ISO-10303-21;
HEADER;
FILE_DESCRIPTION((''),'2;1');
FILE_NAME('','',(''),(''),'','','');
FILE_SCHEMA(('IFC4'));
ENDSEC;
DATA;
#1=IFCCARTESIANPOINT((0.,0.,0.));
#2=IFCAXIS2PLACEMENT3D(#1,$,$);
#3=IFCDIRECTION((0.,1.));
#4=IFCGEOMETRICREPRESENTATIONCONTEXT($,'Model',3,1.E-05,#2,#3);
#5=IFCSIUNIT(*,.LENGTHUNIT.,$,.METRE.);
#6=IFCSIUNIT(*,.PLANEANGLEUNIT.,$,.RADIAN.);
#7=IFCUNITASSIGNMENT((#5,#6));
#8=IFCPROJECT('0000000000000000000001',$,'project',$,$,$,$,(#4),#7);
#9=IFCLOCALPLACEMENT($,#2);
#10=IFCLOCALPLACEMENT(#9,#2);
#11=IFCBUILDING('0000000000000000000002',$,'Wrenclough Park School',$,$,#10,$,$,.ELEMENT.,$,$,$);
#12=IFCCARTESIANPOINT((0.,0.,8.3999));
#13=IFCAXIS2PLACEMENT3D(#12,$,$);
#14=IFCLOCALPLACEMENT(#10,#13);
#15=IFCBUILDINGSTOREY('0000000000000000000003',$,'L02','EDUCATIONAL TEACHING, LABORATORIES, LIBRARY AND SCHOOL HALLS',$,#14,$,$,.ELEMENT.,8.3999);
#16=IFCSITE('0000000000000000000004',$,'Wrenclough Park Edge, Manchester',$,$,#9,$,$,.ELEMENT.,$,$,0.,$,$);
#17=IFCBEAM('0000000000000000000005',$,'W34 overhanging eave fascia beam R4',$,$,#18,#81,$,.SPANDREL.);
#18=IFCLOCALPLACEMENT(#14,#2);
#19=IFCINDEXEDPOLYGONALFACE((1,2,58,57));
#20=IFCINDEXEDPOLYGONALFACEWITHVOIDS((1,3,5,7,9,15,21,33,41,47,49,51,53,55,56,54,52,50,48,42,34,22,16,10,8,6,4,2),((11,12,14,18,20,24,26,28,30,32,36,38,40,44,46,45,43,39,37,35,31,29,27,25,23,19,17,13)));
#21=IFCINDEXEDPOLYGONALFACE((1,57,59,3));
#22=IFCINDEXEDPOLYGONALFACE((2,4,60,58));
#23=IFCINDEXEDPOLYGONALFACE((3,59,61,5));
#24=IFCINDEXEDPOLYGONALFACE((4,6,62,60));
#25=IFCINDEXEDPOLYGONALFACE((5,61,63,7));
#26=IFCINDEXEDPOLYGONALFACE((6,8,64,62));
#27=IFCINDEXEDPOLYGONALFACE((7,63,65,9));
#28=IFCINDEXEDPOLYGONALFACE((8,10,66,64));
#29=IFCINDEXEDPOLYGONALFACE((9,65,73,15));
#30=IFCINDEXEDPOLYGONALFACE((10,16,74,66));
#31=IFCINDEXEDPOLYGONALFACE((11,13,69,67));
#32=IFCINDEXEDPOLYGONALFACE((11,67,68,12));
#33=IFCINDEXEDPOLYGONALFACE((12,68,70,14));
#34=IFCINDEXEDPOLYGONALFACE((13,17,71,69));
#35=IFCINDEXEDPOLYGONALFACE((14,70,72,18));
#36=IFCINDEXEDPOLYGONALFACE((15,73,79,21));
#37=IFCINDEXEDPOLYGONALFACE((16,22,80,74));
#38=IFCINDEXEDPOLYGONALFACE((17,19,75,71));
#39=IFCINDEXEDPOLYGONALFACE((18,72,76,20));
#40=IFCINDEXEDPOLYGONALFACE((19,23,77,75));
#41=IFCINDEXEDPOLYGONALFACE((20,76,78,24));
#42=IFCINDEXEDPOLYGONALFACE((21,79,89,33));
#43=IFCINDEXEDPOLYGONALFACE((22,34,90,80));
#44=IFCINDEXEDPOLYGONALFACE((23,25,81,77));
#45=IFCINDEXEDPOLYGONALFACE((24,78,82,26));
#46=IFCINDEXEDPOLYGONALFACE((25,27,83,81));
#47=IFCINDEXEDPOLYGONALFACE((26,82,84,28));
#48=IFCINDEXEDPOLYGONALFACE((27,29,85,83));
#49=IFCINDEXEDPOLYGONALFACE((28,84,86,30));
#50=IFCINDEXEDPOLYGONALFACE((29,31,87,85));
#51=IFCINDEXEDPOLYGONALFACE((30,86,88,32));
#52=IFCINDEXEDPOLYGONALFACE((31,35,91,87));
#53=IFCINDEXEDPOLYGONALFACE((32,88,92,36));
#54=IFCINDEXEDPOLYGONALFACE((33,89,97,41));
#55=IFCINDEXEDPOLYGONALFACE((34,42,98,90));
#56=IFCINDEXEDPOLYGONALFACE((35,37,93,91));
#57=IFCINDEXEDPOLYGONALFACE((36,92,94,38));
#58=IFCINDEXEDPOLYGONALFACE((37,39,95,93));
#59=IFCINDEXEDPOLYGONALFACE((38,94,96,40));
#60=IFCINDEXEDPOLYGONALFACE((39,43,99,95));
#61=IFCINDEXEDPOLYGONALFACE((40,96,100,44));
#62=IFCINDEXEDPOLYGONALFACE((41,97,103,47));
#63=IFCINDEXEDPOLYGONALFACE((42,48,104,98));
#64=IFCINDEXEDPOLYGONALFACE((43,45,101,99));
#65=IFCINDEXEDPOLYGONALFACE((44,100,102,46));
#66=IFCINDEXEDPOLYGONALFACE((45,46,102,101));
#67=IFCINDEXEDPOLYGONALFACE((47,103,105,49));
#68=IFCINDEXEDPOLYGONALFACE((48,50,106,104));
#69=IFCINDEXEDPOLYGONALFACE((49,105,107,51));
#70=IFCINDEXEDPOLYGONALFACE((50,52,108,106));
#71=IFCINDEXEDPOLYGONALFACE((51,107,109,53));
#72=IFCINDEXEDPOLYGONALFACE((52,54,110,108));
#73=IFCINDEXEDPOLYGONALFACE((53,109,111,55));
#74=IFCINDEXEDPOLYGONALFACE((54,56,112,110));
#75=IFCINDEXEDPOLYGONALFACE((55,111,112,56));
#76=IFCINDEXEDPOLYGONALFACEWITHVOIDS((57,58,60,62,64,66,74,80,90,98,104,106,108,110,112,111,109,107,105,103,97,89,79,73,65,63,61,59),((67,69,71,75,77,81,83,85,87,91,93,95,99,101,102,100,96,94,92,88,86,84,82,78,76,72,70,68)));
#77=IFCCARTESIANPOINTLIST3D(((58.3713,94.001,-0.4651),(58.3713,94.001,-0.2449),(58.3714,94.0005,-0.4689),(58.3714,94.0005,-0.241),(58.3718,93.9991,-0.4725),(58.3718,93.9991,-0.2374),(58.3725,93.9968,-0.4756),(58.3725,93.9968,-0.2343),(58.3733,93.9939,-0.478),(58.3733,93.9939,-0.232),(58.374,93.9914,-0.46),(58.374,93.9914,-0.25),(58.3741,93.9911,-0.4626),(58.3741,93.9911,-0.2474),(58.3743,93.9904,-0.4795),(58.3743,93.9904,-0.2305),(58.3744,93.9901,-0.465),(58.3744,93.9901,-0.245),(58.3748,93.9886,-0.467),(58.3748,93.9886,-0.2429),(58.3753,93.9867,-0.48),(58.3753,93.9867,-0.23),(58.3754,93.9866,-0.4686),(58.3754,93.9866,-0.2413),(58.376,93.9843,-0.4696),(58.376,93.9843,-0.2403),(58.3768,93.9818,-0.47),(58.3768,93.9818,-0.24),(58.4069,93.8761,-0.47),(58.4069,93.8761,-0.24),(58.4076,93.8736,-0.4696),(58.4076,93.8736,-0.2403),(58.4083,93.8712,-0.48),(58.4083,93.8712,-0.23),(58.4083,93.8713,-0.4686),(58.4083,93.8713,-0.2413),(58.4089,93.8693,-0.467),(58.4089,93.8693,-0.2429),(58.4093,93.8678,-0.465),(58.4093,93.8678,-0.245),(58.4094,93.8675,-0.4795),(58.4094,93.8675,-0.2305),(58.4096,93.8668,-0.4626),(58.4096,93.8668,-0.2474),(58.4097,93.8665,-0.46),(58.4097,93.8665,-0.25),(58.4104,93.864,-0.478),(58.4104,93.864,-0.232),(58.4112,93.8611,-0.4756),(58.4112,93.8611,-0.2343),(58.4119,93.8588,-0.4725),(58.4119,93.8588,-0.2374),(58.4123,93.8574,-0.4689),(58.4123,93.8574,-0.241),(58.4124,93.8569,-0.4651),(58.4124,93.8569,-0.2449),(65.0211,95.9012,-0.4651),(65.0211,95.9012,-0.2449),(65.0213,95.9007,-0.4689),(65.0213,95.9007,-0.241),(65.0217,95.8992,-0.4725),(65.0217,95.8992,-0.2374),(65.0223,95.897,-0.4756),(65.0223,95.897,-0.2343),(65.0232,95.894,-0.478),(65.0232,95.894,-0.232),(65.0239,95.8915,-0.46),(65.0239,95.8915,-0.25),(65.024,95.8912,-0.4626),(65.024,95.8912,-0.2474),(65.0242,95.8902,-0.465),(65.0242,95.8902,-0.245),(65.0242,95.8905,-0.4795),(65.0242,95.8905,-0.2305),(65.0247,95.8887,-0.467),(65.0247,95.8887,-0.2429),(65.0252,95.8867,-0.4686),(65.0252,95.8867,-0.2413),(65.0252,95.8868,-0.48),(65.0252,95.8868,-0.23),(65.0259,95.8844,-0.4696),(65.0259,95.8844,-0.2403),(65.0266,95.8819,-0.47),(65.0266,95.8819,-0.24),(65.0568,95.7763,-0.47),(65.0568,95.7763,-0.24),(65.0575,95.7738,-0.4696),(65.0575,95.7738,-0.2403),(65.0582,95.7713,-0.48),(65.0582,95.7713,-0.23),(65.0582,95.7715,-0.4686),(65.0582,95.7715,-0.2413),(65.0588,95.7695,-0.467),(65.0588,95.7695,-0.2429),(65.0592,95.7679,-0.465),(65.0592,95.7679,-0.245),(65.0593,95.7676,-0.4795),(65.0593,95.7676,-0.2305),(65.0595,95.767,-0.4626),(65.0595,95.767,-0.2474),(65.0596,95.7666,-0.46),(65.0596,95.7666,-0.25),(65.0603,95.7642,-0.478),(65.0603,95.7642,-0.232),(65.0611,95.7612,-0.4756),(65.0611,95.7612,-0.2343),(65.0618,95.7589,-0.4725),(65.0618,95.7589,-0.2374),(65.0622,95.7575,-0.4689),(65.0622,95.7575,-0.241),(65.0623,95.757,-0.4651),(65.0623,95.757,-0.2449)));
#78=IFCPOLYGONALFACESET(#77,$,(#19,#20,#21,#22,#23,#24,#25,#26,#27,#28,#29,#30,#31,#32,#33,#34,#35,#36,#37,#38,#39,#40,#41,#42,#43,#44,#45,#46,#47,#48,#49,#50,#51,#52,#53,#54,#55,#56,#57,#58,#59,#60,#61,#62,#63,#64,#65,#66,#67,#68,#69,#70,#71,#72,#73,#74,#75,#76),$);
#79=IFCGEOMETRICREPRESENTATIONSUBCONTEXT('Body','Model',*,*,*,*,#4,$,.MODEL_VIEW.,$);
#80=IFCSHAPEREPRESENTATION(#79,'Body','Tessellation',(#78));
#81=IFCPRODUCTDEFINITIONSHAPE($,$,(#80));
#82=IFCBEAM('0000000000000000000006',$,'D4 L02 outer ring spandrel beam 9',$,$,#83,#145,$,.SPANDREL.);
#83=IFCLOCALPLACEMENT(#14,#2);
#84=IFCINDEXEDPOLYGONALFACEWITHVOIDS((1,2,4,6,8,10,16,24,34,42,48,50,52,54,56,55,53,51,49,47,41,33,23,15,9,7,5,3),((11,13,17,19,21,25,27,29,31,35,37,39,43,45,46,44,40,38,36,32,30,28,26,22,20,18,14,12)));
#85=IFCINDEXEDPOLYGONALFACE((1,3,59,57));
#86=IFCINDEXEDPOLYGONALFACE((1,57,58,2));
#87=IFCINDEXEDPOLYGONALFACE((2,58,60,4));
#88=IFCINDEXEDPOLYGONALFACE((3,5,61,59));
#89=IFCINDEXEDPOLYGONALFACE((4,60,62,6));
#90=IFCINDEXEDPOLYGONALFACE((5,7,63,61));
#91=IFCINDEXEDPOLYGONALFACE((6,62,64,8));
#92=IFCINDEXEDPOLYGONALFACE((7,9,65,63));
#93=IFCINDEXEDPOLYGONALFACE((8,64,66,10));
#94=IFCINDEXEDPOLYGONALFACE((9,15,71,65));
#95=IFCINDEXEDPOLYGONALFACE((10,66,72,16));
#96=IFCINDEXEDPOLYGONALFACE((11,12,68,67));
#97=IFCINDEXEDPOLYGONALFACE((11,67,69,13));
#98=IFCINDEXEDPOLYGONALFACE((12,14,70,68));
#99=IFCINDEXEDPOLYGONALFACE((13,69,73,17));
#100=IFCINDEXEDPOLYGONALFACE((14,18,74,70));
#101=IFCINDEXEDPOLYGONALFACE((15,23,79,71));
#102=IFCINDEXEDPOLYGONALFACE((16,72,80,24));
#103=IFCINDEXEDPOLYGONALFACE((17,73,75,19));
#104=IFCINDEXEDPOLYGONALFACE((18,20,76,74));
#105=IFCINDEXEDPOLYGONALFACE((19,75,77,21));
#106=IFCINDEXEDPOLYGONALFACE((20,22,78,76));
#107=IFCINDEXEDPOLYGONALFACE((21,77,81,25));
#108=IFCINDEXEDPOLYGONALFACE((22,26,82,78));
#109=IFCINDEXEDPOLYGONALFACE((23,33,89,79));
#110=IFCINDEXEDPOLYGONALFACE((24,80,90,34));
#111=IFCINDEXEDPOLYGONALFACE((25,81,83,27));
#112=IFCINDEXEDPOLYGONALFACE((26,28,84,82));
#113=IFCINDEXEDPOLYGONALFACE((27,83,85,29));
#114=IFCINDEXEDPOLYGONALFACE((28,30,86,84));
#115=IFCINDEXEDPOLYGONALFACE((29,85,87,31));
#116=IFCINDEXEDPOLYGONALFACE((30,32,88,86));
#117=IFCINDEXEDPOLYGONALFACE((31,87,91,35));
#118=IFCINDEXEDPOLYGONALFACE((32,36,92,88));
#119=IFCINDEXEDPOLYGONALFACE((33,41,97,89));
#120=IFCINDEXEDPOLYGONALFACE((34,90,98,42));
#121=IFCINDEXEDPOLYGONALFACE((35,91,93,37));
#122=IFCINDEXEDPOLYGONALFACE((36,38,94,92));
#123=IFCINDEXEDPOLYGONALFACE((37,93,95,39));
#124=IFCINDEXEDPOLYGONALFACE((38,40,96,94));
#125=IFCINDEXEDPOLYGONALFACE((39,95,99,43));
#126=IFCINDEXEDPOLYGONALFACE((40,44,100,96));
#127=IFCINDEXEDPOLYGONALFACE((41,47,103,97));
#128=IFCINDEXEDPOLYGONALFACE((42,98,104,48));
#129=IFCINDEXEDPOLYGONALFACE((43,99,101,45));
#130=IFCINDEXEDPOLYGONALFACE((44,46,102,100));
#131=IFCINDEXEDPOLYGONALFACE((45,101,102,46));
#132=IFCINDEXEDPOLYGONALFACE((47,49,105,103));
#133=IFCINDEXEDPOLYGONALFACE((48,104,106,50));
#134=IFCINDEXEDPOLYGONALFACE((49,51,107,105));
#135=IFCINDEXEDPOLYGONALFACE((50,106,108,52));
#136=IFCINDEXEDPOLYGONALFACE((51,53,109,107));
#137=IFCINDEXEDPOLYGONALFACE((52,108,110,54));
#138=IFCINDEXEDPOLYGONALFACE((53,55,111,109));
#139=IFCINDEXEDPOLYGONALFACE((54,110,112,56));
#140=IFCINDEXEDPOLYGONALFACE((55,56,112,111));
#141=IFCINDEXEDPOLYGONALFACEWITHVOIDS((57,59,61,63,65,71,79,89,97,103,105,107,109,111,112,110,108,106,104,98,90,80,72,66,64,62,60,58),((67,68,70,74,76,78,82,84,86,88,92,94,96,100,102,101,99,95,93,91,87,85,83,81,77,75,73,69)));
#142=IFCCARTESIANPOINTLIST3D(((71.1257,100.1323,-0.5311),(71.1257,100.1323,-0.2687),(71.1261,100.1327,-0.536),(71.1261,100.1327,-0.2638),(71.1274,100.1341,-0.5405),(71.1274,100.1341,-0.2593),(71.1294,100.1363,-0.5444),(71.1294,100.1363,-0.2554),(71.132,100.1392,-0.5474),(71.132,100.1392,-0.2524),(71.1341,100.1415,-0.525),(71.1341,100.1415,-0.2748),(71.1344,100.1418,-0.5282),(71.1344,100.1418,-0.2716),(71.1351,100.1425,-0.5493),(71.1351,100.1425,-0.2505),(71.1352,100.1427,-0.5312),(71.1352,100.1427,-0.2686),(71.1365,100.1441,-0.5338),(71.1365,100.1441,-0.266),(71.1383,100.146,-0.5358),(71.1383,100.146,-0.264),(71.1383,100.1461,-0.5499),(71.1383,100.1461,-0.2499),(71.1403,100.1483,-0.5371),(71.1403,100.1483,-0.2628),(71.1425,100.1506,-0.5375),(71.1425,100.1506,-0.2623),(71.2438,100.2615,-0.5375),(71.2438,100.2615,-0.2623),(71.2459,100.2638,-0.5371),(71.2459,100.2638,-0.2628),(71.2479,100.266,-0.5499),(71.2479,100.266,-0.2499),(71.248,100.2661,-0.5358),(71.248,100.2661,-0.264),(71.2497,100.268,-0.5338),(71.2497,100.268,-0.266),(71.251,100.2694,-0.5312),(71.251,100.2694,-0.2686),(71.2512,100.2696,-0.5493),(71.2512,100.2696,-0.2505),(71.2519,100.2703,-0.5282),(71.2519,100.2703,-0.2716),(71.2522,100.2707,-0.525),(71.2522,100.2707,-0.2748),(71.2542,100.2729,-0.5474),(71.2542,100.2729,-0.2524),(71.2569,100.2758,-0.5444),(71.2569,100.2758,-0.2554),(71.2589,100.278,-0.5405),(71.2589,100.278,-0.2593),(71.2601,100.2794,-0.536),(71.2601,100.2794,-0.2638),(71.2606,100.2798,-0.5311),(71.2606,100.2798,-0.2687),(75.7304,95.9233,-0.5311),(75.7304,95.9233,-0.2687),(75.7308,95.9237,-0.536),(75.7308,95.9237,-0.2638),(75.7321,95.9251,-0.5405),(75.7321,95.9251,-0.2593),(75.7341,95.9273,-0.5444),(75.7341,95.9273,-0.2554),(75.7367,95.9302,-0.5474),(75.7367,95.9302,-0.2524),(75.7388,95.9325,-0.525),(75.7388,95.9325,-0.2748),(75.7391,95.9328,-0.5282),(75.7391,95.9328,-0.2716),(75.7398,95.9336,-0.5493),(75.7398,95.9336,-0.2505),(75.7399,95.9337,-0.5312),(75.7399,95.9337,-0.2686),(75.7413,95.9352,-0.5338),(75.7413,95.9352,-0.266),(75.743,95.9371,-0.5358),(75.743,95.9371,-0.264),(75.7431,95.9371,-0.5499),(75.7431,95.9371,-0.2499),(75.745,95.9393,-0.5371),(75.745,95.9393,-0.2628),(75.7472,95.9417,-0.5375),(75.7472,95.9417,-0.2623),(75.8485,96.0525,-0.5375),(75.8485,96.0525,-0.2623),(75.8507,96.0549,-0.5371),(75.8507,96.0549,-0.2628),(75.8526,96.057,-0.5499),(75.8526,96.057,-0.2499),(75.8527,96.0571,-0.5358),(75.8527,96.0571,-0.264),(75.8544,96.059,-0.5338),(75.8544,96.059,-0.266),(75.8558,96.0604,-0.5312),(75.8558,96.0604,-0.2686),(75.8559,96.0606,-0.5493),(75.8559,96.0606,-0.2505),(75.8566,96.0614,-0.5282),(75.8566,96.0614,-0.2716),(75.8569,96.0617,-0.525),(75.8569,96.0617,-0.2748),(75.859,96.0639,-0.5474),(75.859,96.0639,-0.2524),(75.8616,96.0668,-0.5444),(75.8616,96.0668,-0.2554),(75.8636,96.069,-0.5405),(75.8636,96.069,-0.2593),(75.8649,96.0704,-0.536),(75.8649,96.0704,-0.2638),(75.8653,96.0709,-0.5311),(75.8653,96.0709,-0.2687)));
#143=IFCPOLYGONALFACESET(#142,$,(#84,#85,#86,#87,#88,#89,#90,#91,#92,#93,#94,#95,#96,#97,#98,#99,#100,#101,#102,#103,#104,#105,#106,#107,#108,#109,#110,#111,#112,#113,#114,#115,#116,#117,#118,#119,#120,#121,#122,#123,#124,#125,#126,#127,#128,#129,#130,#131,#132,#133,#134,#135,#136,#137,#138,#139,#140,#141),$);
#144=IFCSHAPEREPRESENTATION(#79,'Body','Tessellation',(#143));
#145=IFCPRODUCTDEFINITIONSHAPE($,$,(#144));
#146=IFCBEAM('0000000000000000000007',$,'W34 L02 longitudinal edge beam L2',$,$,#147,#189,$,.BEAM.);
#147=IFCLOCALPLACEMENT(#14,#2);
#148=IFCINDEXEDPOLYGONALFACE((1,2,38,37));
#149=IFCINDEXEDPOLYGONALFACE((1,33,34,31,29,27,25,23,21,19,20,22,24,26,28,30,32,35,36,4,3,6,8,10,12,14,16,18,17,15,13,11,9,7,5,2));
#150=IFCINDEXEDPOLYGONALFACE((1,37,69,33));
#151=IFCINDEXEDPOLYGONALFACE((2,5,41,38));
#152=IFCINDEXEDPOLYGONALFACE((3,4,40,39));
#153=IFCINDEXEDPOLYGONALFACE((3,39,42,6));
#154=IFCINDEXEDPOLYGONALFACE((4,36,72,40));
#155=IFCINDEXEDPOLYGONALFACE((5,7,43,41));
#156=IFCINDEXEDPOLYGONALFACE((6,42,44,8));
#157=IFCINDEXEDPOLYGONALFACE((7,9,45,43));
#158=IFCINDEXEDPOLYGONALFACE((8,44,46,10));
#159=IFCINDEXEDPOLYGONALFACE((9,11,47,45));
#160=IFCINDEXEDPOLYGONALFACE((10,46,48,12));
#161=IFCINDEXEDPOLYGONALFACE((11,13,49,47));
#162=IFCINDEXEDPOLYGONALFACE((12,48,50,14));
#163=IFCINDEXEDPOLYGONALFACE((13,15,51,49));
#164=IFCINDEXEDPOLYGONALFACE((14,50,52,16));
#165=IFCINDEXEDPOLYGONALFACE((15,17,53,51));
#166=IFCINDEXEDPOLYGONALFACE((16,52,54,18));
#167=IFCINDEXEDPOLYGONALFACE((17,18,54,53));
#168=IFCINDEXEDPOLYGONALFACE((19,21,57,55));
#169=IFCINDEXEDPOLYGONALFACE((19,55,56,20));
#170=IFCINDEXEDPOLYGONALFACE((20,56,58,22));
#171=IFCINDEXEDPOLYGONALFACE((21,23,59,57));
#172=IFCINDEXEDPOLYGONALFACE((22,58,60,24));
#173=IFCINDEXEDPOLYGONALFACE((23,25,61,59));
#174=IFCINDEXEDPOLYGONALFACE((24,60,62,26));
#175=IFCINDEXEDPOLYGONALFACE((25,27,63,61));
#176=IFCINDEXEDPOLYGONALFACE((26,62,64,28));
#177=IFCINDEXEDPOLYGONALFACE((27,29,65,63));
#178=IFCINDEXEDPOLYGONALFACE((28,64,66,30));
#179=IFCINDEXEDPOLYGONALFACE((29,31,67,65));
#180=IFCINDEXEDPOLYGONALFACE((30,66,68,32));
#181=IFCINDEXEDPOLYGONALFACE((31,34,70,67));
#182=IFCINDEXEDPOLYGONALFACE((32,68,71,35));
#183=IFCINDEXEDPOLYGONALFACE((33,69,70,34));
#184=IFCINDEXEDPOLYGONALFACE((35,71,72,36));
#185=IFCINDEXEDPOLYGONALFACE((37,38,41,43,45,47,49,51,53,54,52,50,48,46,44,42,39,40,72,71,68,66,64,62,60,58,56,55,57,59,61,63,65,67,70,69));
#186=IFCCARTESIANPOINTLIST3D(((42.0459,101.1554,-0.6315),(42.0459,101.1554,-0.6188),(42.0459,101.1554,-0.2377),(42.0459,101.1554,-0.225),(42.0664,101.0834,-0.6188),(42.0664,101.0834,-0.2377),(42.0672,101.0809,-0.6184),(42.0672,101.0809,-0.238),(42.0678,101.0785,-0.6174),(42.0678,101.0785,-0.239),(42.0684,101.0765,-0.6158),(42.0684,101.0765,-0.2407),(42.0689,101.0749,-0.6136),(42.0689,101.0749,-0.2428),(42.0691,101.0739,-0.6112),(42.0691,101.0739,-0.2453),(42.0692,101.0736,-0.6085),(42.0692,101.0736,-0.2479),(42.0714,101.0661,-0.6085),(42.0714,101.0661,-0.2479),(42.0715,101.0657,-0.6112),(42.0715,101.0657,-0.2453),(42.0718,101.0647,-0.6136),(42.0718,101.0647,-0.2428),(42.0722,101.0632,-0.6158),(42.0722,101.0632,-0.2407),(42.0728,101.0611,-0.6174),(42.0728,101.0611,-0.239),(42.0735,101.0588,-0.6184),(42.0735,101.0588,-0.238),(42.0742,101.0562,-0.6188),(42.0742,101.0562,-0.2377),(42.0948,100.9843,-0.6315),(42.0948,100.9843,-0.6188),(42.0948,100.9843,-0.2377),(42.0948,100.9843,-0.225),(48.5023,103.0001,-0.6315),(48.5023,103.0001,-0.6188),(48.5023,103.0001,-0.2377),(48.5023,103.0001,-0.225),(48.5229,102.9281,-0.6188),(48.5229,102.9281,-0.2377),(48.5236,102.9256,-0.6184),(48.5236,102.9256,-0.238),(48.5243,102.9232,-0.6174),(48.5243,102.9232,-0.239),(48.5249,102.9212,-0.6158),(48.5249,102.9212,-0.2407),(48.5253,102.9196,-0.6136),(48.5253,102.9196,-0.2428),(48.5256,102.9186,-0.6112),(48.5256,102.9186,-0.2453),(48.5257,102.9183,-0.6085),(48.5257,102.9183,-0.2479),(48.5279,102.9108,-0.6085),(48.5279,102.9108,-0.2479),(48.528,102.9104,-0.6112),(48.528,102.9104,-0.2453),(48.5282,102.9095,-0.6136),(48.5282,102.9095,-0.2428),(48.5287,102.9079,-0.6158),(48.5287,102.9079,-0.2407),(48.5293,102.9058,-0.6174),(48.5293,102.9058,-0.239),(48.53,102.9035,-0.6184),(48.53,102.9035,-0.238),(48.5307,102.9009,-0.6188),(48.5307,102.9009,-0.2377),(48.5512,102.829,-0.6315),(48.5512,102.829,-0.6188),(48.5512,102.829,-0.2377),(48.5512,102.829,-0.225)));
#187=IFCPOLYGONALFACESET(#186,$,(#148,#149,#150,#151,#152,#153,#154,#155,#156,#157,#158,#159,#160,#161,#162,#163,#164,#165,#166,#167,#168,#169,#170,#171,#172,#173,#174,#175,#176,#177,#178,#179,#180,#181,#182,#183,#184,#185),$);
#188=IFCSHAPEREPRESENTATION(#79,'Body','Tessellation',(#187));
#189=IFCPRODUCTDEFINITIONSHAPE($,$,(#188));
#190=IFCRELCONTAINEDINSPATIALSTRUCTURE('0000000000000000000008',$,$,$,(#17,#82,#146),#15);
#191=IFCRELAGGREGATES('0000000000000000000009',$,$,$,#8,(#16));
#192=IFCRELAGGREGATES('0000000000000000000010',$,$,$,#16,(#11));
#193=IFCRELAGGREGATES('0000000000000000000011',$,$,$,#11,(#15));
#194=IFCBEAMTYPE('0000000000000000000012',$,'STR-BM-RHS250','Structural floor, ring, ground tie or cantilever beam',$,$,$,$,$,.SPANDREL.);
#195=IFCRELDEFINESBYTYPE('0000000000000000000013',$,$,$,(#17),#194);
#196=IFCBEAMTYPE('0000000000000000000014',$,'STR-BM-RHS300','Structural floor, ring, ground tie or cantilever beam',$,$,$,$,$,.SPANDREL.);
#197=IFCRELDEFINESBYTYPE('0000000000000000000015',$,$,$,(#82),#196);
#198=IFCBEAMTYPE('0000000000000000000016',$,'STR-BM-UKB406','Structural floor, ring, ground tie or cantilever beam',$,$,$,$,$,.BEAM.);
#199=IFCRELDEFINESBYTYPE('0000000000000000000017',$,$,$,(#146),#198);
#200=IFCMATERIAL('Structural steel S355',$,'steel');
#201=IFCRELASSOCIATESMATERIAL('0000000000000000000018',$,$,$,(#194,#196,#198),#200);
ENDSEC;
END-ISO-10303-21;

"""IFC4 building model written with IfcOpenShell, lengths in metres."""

from ifc_helpers import new_model, si_unit, direction, frame, origin, origin_2d, place, context, subcontext, project, spatial, hollow_rectangle, i_section, extrude, material, material_profile, profile_set, type_object, element, save


model = new_model("IFC4")

# Units and contexts
model_context = context("Model", 3, precision=1e-05, world=origin(), true_north=direction((0.0, 1.0)))
body_context = subcontext(model_context, "Body", "Model", "MODEL_VIEW")
ifc_project = project(units=[si_unit("LENGTHUNIT", "METRE"), si_unit("PLANEANGLEUNIT", "RADIAN")], contexts=[model_context])

# Site, building, storey
site_placement = place(None, origin())
site = spatial("IfcSite", under=ifc_project, at=site_placement, Name="Wrenclough Park Edge, Manchester", CompositionType="ELEMENT", RefElevation=0.0)
building_placement = place(site_placement, origin())
building = spatial("IfcBuilding", under=site, at=building_placement, Name="Wrenclough Park School", CompositionType="ELEMENT")
storey_placement = place(building_placement, frame((0.0, 0.0, 8.3999)))
storey = spatial("IfcBuildingStorey", under=building, at=storey_placement, Name="L02", Description="EDUCATIONAL TEACHING, LABORATORIES, LIBRARY AND SCHOOL HALLS", CompositionType="ELEMENT", Elevation=8.3999)

# Shared definitions
ifc_material_1 = material(Name="Structural steel S355", Category="steel")

# Beams
ifc_material_profile_1 = material_profile(ifc_material_1, hollow_rectangle(XDim=0.1499, YDim=0.25, WallThickness=0.01, InnerFilletRadius=0.01, OuterFilletRadius=0.0149, at=origin_2d()), Name="RHS 250x150x10.0")
ifc_profile_set_1 = profile_set([ifc_material_profile_1], Name="Structural steel S355")
beam_type_1 = type_object("IfcBeamType", Name="STR-BM-RHS250", Description="Structural floor, ring, ground tie or cantilever beam", PredefinedType="SPANDREL", material=ifc_profile_set_1)
beam_1_placement = place(storey_placement, frame((58.3918, 93.929, -0.355), z_axis=(0.961517, 0.274744, 0.0), x_axis=(-0.274744, 0.961517, 0.0)))
element("IfcBeam", 1, at=beam_1_placement, inside=storey, type_object=beam_type_1, Name="W34 overhanging eave fascia beam R4", PredefinedType="SPANDREL", context=body_context, shape_type="SweptSolid", body=[
    extrude(hollow_rectangle(XDim=0.1499, YDim=0.25, WallThickness=0.01, InnerFilletRadius=0.01, OuterFilletRadius=0.0149, at=origin_2d()), origin(), (0.0, 0.0, 1.0), 6.916),
])
ifc_material_profile_2 = material_profile(ifc_material_1, hollow_rectangle(XDim=0.2, YDim=0.3, WallThickness=0.0125, InnerFilletRadius=0.0125, OuterFilletRadius=0.0188, at=origin_2d()), Name="RHS 300x200x12.5")
ifc_profile_set_2 = profile_set([ifc_material_profile_2], Name="Structural steel S355")
beam_type_2 = type_object("IfcBeamType", Name="STR-BM-RHS300", Description="Structural floor, ring, ground tie or cantilever beam", PredefinedType="SPANDREL", material=ifc_profile_set_2)
beam_2_placement = place(storey_placement, frame((71.1931, 100.2061, -0.3999), z_axis=(0.738113, -0.674677, 0.0), x_axis=(0.674677, 0.738113, 0.0)))
element("IfcBeam", 2, at=beam_2_placement, inside=storey, type_object=beam_type_2, Name="D4 L02 outer ring spandrel beam 9", PredefinedType="SPANDREL", context=body_context, shape_type="SweptSolid", body=[
    extrude(hollow_rectangle(XDim=0.2, YDim=0.3, WallThickness=0.0125, InnerFilletRadius=0.0125, OuterFilletRadius=0.0188, at=origin_2d()), origin(), (0.0, 0.0, 1.0), 6.2385),
])
ifc_material_profile_3 = material_profile(ifc_material_1, i_section(OverallWidth=0.178, OverallDepth=0.4065, WebThickness=0.0078, FlangeThickness=0.0127, FilletRadius=0.0103, at=origin_2d()), Name="UKB 406x178x60")
ifc_profile_set_3 = profile_set([ifc_material_profile_3], Name="Structural steel S355")
beam_type_3 = type_object("IfcBeamType", Name="STR-BM-UKB406", Description="Structural floor, ring, ground tie or cantilever beam", PredefinedType="BEAM", material=ifc_profile_set_3)
beam_3_placement = place(storey_placement, frame((42.0703, 101.0698, -0.4282), z_axis=(0.961524, 0.274721, 0.0), x_axis=(-0.274721, 0.961524, 0.0)))
element("IfcBeam", 3, at=beam_3_placement, inside=storey, type_object=beam_type_3, Name="W34 L02 longitudinal edge beam L2", PredefinedType="BEAM", context=body_context, shape_type="SweptSolid", body=[
    extrude(i_section(OverallWidth=0.178, OverallDepth=0.4065, WebThickness=0.0078, FlangeThickness=0.0127, FilletRadius=0.0103, at=origin_2d()), origin(), (0.0, 0.0, 1.0), 6.7148),
])

save(model, "model.ifc")
